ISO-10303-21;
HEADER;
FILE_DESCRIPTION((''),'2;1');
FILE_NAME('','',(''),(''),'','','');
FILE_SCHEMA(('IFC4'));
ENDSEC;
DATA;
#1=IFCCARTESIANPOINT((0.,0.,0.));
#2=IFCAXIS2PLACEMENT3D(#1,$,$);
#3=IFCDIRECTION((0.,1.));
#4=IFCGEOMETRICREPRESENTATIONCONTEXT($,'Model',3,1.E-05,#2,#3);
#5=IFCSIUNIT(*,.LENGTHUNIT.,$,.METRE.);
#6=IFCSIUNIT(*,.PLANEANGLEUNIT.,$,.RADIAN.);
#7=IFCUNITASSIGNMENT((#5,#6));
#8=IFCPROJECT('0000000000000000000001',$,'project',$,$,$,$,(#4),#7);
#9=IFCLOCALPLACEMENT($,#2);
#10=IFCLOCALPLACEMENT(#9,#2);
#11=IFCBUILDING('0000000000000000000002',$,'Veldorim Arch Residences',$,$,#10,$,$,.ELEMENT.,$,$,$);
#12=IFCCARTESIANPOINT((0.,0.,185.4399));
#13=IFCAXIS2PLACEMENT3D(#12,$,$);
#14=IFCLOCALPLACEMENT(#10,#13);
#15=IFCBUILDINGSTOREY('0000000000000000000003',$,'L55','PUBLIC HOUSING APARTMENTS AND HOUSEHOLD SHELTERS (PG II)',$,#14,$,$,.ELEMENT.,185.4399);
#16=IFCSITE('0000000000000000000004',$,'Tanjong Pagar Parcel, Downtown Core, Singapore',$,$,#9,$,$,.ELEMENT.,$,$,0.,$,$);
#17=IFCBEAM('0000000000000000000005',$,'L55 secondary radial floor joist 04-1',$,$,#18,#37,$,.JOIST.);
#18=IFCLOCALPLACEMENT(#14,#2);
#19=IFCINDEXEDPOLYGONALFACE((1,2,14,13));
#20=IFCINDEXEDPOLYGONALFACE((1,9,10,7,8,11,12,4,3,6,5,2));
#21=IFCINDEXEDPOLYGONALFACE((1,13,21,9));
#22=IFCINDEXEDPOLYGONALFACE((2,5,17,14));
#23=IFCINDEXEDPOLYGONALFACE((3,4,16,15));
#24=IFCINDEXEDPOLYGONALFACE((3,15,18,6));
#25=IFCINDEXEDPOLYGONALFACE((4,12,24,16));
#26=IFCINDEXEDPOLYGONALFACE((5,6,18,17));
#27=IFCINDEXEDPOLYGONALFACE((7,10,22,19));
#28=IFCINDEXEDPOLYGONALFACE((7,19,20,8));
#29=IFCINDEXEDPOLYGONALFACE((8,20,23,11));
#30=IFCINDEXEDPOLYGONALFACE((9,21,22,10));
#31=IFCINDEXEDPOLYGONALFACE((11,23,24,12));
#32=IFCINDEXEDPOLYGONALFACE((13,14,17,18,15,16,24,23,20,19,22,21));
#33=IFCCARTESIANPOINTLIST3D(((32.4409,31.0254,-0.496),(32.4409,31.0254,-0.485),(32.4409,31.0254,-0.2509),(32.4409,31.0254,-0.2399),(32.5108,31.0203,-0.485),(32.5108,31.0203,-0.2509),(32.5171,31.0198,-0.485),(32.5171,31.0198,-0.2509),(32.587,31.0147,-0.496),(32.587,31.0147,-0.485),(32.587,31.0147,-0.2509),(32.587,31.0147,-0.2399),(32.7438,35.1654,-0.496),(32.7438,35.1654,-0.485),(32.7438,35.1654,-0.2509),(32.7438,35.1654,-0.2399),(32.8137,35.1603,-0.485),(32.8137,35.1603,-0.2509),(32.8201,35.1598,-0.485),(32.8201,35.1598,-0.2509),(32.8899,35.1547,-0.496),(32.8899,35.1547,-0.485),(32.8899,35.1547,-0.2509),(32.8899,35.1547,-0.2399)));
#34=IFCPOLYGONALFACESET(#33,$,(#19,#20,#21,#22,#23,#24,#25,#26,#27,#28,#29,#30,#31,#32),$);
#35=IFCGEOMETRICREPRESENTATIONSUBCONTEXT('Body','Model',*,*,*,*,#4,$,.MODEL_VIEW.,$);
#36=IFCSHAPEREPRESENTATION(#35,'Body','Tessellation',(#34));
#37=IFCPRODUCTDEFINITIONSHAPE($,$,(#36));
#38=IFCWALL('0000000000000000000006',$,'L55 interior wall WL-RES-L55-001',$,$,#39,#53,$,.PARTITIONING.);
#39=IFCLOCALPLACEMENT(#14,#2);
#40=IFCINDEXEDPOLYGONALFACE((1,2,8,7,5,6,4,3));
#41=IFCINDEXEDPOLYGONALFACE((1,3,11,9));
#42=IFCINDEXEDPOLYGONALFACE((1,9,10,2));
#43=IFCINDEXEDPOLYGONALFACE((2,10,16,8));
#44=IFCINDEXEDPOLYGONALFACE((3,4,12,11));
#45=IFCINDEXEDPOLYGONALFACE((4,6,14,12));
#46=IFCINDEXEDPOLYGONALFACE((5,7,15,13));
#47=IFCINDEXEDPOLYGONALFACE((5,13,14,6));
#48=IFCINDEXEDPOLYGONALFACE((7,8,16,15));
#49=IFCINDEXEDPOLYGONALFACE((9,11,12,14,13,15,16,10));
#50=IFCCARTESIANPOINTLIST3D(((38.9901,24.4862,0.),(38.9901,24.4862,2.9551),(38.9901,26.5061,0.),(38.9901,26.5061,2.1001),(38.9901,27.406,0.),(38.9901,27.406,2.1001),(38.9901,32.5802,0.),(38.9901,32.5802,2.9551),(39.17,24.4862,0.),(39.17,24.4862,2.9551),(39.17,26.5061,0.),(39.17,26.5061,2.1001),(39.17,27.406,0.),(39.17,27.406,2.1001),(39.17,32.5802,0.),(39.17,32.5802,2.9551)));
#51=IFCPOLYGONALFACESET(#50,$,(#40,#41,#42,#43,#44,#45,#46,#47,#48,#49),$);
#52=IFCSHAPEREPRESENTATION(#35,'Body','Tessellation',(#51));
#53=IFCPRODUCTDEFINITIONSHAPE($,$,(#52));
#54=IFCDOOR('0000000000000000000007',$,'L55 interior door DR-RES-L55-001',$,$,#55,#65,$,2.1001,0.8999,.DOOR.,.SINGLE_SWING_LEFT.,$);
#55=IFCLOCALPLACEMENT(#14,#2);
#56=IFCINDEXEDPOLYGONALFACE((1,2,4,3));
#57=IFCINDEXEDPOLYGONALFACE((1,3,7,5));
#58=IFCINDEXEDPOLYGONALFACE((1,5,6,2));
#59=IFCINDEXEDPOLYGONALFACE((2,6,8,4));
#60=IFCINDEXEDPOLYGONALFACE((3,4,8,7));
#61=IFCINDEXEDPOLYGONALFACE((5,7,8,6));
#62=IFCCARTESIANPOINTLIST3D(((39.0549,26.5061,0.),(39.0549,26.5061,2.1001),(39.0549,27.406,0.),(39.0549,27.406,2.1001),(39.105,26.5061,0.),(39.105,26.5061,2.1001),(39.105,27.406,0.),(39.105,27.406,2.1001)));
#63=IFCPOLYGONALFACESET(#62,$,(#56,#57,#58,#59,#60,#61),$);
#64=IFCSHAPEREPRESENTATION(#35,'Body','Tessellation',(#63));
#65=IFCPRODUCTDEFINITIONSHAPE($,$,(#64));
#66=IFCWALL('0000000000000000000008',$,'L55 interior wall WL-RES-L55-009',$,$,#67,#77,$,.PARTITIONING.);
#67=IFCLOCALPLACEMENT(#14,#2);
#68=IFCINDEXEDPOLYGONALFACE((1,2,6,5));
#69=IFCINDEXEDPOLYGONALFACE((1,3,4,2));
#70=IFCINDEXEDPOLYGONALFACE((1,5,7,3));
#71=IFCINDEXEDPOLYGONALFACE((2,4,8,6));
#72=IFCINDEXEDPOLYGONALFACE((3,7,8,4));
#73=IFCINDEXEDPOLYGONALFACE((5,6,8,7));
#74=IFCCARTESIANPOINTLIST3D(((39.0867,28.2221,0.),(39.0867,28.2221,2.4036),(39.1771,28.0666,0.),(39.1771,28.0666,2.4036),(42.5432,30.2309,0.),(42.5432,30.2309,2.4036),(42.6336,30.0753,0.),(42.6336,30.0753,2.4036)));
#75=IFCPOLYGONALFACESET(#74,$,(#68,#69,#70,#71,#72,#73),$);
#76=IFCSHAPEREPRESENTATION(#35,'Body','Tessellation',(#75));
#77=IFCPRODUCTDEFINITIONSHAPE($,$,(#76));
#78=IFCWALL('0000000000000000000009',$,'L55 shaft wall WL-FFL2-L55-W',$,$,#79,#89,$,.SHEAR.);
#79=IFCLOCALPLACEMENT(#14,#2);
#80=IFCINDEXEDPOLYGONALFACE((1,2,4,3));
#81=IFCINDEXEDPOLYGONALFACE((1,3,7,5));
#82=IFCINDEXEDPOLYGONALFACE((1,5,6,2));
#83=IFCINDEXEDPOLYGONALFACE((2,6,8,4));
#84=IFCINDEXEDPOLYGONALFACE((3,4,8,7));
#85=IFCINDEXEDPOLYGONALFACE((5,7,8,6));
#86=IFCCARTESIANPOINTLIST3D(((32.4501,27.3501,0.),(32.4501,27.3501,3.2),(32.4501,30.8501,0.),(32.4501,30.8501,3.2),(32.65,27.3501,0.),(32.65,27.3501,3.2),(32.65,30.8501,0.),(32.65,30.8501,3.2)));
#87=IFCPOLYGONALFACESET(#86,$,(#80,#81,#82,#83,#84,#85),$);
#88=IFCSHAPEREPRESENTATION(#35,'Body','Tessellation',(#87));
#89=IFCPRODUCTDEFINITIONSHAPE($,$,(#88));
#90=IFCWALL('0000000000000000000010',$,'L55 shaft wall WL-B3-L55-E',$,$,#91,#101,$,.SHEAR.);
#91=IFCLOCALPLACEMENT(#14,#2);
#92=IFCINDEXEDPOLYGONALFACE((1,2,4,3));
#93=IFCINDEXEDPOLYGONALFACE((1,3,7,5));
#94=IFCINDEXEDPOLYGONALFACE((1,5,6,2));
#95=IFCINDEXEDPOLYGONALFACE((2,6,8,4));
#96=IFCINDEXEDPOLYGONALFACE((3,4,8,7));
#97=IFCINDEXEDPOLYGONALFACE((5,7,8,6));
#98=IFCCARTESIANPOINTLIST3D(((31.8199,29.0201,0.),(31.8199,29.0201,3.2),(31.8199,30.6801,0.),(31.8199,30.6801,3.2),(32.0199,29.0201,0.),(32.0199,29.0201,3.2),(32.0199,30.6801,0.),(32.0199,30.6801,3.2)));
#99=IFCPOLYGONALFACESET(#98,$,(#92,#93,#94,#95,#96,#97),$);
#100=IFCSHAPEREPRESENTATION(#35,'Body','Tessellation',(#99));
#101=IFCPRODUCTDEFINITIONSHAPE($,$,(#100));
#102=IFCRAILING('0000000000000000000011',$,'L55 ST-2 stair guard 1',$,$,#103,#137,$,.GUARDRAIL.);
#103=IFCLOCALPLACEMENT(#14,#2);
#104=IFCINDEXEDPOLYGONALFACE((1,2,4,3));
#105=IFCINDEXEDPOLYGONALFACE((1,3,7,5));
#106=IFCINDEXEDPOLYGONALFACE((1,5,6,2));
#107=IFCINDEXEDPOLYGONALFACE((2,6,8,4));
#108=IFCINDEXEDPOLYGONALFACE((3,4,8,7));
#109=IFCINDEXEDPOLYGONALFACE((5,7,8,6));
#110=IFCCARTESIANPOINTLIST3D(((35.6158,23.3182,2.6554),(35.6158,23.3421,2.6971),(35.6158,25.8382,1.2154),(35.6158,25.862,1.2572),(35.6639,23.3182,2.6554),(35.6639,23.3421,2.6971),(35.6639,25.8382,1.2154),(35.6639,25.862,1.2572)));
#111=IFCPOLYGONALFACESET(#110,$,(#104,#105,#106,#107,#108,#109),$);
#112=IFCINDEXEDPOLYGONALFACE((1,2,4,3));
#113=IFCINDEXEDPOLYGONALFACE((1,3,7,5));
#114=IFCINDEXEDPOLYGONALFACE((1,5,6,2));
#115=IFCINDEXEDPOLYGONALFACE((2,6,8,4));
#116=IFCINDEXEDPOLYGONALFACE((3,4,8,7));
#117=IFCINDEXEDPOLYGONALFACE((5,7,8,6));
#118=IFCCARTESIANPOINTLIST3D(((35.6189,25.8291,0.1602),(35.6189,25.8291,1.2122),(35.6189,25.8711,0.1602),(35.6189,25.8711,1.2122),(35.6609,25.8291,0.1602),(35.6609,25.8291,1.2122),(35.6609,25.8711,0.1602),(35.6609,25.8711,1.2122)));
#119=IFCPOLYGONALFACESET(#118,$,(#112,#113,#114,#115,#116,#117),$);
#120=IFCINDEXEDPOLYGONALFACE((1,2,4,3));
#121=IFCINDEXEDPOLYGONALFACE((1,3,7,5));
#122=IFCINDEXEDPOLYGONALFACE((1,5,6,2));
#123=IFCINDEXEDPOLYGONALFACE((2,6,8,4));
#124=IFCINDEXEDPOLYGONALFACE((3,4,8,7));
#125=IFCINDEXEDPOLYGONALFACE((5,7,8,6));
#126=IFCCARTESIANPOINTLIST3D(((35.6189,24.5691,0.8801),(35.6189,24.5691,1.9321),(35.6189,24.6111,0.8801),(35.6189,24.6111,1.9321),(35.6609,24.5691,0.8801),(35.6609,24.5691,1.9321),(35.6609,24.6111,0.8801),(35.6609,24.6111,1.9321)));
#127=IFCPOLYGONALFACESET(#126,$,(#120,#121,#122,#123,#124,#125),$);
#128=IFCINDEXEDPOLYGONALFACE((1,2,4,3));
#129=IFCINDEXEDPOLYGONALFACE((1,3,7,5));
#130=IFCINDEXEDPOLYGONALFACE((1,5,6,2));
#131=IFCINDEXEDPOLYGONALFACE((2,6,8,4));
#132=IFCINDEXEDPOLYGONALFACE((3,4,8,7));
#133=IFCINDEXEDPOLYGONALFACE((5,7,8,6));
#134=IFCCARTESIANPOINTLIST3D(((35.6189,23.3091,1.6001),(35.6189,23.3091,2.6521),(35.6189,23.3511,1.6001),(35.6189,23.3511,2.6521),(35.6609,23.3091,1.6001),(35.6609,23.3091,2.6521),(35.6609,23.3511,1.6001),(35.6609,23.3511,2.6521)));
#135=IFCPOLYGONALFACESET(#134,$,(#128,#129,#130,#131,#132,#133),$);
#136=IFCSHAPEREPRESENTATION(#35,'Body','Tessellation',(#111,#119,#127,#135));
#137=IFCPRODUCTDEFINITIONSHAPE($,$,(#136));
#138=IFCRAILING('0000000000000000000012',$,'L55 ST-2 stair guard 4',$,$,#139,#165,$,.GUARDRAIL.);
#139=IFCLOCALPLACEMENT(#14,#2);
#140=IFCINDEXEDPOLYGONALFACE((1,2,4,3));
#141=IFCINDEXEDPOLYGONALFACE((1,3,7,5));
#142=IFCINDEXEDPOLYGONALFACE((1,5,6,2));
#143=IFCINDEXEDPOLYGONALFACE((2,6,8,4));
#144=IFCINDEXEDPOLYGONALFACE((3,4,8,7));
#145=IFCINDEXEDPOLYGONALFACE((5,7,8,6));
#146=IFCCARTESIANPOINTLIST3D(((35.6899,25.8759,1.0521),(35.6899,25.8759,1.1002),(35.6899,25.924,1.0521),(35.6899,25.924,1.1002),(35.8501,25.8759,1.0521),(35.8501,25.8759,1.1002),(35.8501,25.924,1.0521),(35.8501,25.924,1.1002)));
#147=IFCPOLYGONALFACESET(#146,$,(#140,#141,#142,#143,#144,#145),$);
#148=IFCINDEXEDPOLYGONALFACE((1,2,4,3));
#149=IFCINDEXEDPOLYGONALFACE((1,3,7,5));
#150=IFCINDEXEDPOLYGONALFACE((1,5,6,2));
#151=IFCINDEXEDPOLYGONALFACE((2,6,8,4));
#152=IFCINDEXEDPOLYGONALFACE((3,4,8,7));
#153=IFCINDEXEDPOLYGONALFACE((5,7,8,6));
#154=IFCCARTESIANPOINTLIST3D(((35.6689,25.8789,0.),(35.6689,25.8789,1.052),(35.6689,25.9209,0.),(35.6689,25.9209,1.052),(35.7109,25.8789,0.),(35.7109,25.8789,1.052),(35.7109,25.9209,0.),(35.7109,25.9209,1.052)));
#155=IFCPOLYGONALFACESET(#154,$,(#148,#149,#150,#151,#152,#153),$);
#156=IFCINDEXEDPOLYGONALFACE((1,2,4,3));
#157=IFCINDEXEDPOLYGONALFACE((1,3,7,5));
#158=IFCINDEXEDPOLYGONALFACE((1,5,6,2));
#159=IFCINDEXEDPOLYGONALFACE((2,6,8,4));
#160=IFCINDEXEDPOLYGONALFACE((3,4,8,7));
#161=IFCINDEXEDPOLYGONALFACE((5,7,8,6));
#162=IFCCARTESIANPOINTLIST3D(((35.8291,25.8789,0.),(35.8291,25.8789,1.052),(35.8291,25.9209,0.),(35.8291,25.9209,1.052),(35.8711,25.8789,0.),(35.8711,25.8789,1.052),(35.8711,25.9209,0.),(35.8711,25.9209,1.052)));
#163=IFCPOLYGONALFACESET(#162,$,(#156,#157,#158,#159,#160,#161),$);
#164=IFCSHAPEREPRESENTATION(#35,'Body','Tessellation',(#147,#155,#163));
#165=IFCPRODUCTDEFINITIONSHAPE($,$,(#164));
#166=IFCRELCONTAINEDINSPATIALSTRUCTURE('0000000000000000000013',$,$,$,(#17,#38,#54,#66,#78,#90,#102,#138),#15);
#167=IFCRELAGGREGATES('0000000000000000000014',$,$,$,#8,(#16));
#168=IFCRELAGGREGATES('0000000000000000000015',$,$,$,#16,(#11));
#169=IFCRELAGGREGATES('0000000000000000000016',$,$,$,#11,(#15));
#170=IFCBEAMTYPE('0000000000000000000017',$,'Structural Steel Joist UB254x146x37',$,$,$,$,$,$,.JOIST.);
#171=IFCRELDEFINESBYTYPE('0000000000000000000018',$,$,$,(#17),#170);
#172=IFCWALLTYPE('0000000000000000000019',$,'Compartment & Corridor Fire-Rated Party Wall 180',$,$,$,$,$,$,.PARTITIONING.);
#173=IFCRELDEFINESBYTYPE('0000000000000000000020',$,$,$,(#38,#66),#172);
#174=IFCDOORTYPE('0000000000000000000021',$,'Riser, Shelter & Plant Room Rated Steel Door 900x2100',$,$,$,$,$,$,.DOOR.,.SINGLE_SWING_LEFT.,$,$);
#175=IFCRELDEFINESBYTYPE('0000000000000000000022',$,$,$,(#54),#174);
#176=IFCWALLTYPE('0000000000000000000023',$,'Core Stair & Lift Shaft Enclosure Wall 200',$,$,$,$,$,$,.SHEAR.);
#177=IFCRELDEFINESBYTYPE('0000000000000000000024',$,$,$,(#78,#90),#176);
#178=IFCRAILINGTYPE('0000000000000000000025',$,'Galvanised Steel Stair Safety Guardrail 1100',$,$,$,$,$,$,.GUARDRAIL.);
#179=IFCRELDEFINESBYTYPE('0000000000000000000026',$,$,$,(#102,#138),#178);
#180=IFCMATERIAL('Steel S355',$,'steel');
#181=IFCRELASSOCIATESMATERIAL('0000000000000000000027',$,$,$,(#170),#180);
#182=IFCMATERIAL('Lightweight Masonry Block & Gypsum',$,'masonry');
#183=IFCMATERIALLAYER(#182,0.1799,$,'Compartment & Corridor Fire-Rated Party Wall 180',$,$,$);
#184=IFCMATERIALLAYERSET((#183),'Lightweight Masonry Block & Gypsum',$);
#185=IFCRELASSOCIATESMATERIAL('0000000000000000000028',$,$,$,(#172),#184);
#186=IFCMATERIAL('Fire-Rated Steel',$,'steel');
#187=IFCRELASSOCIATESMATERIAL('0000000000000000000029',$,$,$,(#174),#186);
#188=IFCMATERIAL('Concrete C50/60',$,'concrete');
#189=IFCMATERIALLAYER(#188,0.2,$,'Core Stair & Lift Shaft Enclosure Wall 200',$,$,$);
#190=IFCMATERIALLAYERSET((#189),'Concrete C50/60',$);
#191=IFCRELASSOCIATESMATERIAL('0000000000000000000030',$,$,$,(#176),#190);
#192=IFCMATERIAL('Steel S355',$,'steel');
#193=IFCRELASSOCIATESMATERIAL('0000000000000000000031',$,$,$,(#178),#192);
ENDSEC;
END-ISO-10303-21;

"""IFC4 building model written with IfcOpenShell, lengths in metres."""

from ifc_helpers import new_model, si_unit, direction, frame, frame_2d, origin, origin_2d, place, context, subcontext, project, spatial, rectangle, i_section, extrude, material, layer, layer_set, material_profile, profile_set, type_object, element, fill, save


model = new_model("IFC4")

# Units and contexts
model_context = context("Model", 3, precision=1e-05, world=origin(), true_north=direction((0.0, 1.0)))
body_context = subcontext(model_context, "Body", "Model", "MODEL_VIEW")
ifc_project = project(units=[si_unit("LENGTHUNIT", "METRE"), si_unit("PLANEANGLEUNIT", "RADIAN")], contexts=[model_context])

# Site, building, storey
site_placement = place(None, origin())
site = spatial("IfcSite", under=ifc_project, at=site_placement, Name="Tanjong Pagar Parcel, Downtown Core, Singapore", CompositionType="ELEMENT", RefElevation=0.0)
building_placement = place(site_placement, origin())
building = spatial("IfcBuilding", under=site, at=building_placement, Name="Veldorim Arch Residences", CompositionType="ELEMENT")
storey_placement = place(building_placement, frame((0.0, 0.0, 185.4399)))
storey = spatial("IfcBuildingStorey", under=building, at=storey_placement, Name="L55", Description="PUBLIC HOUSING APARTMENTS AND HOUSEHOLD SHELTERS (PG II)", CompositionType="ELEMENT", Elevation=185.4399)

# Beam
ifc_material_1 = material(Name="Steel S355", Category="steel")
ifc_material_profile_1 = material_profile(ifc_material_1, i_section(OverallWidth=0.1465, OverallDepth=0.2561, WebThickness=0.0063, FlangeThickness=0.011, at=origin_2d()), Name="UB254x146x37")
ifc_profile_set_1 = profile_set([ifc_material_profile_1], Name="Steel S355")
beam_type_1 = type_object("IfcBeamType", Name="Structural Steel Joist UB254x146x37", PredefinedType="JOIST", material=ifc_profile_set_1)
beam_1_placement = place(storey_placement, frame((32.5139, 31.02, -0.3679), z_axis=(0.072986, 0.997333, 0.0), x_axis=(-0.997333, 0.072986, 0.0)))
element("IfcBeam", 1, at=beam_1_placement, inside=storey, type_object=beam_type_1, Name="L55 secondary radial floor joist 04-1", PredefinedType="JOIST", context=body_context, shape_type="SweptSolid", body=[
    extrude(i_section(OverallWidth=0.1465, OverallDepth=0.2561, WebThickness=0.0063, FlangeThickness=0.011, at=origin_2d()), origin(), (0.0, 0.0, 1.0), 4.1511),
])

# Wall, opening, door
ifc_material_2 = material(Name="Lightweight Masonry Block & Gypsum", Category="masonry")
ifc_layer_1 = layer(ifc_material_2, 0.1799, Name="Compartment & Corridor Fire-Rated Party Wall 180")
ifc_layer_set_1 = layer_set([ifc_layer_1], Name="Lightweight Masonry Block & Gypsum")
wall_type_1 = type_object("IfcWallType", Name="Compartment & Corridor Fire-Rated Party Wall 180", PredefinedType="PARTITIONING", material=ifc_layer_set_1)
wall_1_placement = place(storey_placement, frame((39.0801, 32.5801, 0.0), z_axis=(0.0, 0.0, 1.0), x_axis=(0.0, -1.0, 0.0)))
wall_1 = element("IfcWall", 2, at=wall_1_placement, inside=storey, type_object=wall_type_1, Name="L55 interior wall WL-RES-L55-001", PredefinedType="PARTITIONING", context=body_context, shape_type="SweptSolid", body=[
    extrude(rectangle(XDim=8.094, YDim=0.1799, at=frame_2d((4.0469, 0.0))), origin(), (0.0, 0.0, 1.0), 2.9551),
])
opening_1_placement = place(wall_1_placement, frame((5.1741, 0.0, 0.0)))
opening_1 = element("IfcOpeningElement", 3, at=opening_1_placement, cuts=wall_1, PredefinedType="OPENING", context=body_context, shape_type="SweptSolid", body=[
    extrude(rectangle(XDim=0.8999, YDim=2.1001, at=frame_2d((0.45, 1.05))), frame((0.0, 0.0999, 0.0), z_axis=(0.0, -1.0, 0.0), x_axis=(1.0, 0.0, 0.0)), (0.0, 0.0, 1.0), 0.2),
])
ifc_material_3 = material(Name="Fire-Rated Steel", Category="steel")
door_type_1 = type_object("IfcDoorType", Name="Riser, Shelter & Plant Room Rated Steel Door 900x2100", OperationType="SINGLE_SWING_LEFT", PredefinedType="DOOR", material=ifc_material_3)
door_1_placement = place(opening_1_placement, origin())
door_1 = element("IfcDoor", 4, at=door_1_placement, inside=storey, type_object=door_type_1, Name="L55 interior door DR-RES-L55-001", OperationType="SINGLE_SWING_LEFT", OverallHeight=2.1001, OverallWidth=0.8999, PredefinedType="DOOR", context=body_context, shape_type="SweptSolid", body=[
    extrude(rectangle(XDim=0.8999, YDim=2.1001, at=frame_2d((0.45, 1.05))), frame((0.0, 0.0249, 0.0), z_axis=(0.0, -1.0, 0.0), x_axis=(1.0, 0.0, 0.0)), (0.0, 0.0, 1.0), 0.05),
])
fill(opening_1, door_1)

# Wall
wall_2_placement = place(storey_placement, frame((39.1318, 28.1443, 0.0), z_axis=(0.0, 0.0, 1.0), x_axis=(0.864597, 0.502465, 0.0)))
element("IfcWall", 5, at=wall_2_placement, inside=storey, type_object=wall_type_1, Name="L55 interior wall WL-RES-L55-009", PredefinedType="PARTITIONING", context=body_context, shape_type="SweptSolid", body=[
    extrude(rectangle(XDim=3.9978, YDim=0.1799, at=frame_2d((1.999, 0.0))), origin(), (0.0, 0.0, 1.0), 2.4036),
])

# Shared definitions
ifc_material_4 = material(Name="Concrete C50/60", Category="concrete")
ifc_layer_2 = layer(ifc_material_4, 0.2, Name="Core Stair & Lift Shaft Enclosure Wall 200")
ifc_layer_set_2 = layer_set([ifc_layer_2], Name="Concrete C50/60")
wall_type_2 = type_object("IfcWallType", Name="Core Stair & Lift Shaft Enclosure Wall 200", PredefinedType="SHEAR", material=ifc_layer_set_2)

# Wall
wall_3_placement = place(storey_placement, frame((32.55, 27.3501, 0.0), z_axis=(0.0, 0.0, 1.0), x_axis=(0.0, 1.0, 0.0)))
element("IfcWall", 6, at=wall_3_placement, inside=storey, type_object=wall_type_2, Name="L55 shaft wall WL-FFL2-L55-W", PredefinedType="SHEAR", context=body_context, shape_type="SweptSolid", body=[
    extrude(rectangle(XDim=3.5, YDim=0.2, at=frame_2d((1.75, 0.0))), origin(), (0.0, 0.0, 1.0), 3.2),
])

# Wall
wall_4_placement = place(storey_placement, frame((31.9199, 29.02, 0.0), z_axis=(0.0, 0.0, 1.0), x_axis=(0.0, 1.0, 0.0)))
element("IfcWall", 7, at=wall_4_placement, inside=storey, type_object=wall_type_2, Name="L55 shaft wall WL-B3-L55-E", PredefinedType="SHEAR", context=body_context, shape_type="SweptSolid", body=[
    extrude(rectangle(XDim=1.6599, YDim=0.2, at=frame_2d((0.8301, 0.0))), origin(), (0.0, 0.0, 1.0), 3.2),
])

# Railings
ifc_material_5 = material(Name="Steel S355", Category="steel")
railing_type = type_object("IfcRailingType", Name="Galvanised Steel Stair Safety Guardrail 1100", PredefinedType="GUARDRAIL", material=ifc_material_5)
railing_1_placement = place(storey_placement, frame((35.6399, 25.8501, 0.1602)))
element("IfcRailing", 8, at=railing_1_placement, inside=storey, type_object=railing_type, Name="L55 ST-2 stair guard 1", PredefinedType="GUARDRAIL", context=body_context, shape_type="SweptSolid", body=[
    extrude(rectangle(XDim=0.0481, YDim=0.0481, at=origin_2d()), frame((0.0, 0.0, 1.0762), z_axis=(0.0, -0.868253, 0.496121), x_axis=(1.0, 0.0, 0.0)), (0.0, 0.0, 1.0), 2.9023),
    extrude(rectangle(XDim=0.042, YDim=0.042, at=origin_2d()), origin(), (0.0, 0.0, 1.0), 1.052),
    extrude(rectangle(XDim=0.042, YDim=0.042, at=origin_2d()), frame((0.0, -1.26, 0.72)), (0.0, 0.0, 1.0), 1.052),
    extrude(rectangle(XDim=0.042, YDim=0.042, at=origin_2d()), frame((0.0, -2.52, 1.4399)), (0.0, 0.0, 1.0), 1.052),
])
railing_2_placement = place(storey_placement, frame((35.6899, 25.8999, 0.0)))
element("IfcRailing", 9, at=railing_2_placement, inside=storey, type_object=railing_type, Name="L55 ST-2 stair guard 4", PredefinedType="GUARDRAIL", context=body_context, shape_type="SweptSolid", body=[
    extrude(rectangle(XDim=0.0481, YDim=0.0481, at=origin_2d()), frame((0.0, 0.0, 1.0762), z_axis=(1.0, 0.0, 0.0), x_axis=(0.0, 1.0, 0.0)), (0.0, 0.0, 1.0), 0.1602),
    extrude(rectangle(XDim=0.042, YDim=0.042, at=origin_2d()), origin(), (0.0, 0.0, 1.0), 1.052),
    extrude(rectangle(XDim=0.042, YDim=0.042, at=origin_2d()), frame((0.1602, 0.0, 0.0)), (0.0, 0.0, 1.0), 1.052),
])

save(model, "model.ifc")
